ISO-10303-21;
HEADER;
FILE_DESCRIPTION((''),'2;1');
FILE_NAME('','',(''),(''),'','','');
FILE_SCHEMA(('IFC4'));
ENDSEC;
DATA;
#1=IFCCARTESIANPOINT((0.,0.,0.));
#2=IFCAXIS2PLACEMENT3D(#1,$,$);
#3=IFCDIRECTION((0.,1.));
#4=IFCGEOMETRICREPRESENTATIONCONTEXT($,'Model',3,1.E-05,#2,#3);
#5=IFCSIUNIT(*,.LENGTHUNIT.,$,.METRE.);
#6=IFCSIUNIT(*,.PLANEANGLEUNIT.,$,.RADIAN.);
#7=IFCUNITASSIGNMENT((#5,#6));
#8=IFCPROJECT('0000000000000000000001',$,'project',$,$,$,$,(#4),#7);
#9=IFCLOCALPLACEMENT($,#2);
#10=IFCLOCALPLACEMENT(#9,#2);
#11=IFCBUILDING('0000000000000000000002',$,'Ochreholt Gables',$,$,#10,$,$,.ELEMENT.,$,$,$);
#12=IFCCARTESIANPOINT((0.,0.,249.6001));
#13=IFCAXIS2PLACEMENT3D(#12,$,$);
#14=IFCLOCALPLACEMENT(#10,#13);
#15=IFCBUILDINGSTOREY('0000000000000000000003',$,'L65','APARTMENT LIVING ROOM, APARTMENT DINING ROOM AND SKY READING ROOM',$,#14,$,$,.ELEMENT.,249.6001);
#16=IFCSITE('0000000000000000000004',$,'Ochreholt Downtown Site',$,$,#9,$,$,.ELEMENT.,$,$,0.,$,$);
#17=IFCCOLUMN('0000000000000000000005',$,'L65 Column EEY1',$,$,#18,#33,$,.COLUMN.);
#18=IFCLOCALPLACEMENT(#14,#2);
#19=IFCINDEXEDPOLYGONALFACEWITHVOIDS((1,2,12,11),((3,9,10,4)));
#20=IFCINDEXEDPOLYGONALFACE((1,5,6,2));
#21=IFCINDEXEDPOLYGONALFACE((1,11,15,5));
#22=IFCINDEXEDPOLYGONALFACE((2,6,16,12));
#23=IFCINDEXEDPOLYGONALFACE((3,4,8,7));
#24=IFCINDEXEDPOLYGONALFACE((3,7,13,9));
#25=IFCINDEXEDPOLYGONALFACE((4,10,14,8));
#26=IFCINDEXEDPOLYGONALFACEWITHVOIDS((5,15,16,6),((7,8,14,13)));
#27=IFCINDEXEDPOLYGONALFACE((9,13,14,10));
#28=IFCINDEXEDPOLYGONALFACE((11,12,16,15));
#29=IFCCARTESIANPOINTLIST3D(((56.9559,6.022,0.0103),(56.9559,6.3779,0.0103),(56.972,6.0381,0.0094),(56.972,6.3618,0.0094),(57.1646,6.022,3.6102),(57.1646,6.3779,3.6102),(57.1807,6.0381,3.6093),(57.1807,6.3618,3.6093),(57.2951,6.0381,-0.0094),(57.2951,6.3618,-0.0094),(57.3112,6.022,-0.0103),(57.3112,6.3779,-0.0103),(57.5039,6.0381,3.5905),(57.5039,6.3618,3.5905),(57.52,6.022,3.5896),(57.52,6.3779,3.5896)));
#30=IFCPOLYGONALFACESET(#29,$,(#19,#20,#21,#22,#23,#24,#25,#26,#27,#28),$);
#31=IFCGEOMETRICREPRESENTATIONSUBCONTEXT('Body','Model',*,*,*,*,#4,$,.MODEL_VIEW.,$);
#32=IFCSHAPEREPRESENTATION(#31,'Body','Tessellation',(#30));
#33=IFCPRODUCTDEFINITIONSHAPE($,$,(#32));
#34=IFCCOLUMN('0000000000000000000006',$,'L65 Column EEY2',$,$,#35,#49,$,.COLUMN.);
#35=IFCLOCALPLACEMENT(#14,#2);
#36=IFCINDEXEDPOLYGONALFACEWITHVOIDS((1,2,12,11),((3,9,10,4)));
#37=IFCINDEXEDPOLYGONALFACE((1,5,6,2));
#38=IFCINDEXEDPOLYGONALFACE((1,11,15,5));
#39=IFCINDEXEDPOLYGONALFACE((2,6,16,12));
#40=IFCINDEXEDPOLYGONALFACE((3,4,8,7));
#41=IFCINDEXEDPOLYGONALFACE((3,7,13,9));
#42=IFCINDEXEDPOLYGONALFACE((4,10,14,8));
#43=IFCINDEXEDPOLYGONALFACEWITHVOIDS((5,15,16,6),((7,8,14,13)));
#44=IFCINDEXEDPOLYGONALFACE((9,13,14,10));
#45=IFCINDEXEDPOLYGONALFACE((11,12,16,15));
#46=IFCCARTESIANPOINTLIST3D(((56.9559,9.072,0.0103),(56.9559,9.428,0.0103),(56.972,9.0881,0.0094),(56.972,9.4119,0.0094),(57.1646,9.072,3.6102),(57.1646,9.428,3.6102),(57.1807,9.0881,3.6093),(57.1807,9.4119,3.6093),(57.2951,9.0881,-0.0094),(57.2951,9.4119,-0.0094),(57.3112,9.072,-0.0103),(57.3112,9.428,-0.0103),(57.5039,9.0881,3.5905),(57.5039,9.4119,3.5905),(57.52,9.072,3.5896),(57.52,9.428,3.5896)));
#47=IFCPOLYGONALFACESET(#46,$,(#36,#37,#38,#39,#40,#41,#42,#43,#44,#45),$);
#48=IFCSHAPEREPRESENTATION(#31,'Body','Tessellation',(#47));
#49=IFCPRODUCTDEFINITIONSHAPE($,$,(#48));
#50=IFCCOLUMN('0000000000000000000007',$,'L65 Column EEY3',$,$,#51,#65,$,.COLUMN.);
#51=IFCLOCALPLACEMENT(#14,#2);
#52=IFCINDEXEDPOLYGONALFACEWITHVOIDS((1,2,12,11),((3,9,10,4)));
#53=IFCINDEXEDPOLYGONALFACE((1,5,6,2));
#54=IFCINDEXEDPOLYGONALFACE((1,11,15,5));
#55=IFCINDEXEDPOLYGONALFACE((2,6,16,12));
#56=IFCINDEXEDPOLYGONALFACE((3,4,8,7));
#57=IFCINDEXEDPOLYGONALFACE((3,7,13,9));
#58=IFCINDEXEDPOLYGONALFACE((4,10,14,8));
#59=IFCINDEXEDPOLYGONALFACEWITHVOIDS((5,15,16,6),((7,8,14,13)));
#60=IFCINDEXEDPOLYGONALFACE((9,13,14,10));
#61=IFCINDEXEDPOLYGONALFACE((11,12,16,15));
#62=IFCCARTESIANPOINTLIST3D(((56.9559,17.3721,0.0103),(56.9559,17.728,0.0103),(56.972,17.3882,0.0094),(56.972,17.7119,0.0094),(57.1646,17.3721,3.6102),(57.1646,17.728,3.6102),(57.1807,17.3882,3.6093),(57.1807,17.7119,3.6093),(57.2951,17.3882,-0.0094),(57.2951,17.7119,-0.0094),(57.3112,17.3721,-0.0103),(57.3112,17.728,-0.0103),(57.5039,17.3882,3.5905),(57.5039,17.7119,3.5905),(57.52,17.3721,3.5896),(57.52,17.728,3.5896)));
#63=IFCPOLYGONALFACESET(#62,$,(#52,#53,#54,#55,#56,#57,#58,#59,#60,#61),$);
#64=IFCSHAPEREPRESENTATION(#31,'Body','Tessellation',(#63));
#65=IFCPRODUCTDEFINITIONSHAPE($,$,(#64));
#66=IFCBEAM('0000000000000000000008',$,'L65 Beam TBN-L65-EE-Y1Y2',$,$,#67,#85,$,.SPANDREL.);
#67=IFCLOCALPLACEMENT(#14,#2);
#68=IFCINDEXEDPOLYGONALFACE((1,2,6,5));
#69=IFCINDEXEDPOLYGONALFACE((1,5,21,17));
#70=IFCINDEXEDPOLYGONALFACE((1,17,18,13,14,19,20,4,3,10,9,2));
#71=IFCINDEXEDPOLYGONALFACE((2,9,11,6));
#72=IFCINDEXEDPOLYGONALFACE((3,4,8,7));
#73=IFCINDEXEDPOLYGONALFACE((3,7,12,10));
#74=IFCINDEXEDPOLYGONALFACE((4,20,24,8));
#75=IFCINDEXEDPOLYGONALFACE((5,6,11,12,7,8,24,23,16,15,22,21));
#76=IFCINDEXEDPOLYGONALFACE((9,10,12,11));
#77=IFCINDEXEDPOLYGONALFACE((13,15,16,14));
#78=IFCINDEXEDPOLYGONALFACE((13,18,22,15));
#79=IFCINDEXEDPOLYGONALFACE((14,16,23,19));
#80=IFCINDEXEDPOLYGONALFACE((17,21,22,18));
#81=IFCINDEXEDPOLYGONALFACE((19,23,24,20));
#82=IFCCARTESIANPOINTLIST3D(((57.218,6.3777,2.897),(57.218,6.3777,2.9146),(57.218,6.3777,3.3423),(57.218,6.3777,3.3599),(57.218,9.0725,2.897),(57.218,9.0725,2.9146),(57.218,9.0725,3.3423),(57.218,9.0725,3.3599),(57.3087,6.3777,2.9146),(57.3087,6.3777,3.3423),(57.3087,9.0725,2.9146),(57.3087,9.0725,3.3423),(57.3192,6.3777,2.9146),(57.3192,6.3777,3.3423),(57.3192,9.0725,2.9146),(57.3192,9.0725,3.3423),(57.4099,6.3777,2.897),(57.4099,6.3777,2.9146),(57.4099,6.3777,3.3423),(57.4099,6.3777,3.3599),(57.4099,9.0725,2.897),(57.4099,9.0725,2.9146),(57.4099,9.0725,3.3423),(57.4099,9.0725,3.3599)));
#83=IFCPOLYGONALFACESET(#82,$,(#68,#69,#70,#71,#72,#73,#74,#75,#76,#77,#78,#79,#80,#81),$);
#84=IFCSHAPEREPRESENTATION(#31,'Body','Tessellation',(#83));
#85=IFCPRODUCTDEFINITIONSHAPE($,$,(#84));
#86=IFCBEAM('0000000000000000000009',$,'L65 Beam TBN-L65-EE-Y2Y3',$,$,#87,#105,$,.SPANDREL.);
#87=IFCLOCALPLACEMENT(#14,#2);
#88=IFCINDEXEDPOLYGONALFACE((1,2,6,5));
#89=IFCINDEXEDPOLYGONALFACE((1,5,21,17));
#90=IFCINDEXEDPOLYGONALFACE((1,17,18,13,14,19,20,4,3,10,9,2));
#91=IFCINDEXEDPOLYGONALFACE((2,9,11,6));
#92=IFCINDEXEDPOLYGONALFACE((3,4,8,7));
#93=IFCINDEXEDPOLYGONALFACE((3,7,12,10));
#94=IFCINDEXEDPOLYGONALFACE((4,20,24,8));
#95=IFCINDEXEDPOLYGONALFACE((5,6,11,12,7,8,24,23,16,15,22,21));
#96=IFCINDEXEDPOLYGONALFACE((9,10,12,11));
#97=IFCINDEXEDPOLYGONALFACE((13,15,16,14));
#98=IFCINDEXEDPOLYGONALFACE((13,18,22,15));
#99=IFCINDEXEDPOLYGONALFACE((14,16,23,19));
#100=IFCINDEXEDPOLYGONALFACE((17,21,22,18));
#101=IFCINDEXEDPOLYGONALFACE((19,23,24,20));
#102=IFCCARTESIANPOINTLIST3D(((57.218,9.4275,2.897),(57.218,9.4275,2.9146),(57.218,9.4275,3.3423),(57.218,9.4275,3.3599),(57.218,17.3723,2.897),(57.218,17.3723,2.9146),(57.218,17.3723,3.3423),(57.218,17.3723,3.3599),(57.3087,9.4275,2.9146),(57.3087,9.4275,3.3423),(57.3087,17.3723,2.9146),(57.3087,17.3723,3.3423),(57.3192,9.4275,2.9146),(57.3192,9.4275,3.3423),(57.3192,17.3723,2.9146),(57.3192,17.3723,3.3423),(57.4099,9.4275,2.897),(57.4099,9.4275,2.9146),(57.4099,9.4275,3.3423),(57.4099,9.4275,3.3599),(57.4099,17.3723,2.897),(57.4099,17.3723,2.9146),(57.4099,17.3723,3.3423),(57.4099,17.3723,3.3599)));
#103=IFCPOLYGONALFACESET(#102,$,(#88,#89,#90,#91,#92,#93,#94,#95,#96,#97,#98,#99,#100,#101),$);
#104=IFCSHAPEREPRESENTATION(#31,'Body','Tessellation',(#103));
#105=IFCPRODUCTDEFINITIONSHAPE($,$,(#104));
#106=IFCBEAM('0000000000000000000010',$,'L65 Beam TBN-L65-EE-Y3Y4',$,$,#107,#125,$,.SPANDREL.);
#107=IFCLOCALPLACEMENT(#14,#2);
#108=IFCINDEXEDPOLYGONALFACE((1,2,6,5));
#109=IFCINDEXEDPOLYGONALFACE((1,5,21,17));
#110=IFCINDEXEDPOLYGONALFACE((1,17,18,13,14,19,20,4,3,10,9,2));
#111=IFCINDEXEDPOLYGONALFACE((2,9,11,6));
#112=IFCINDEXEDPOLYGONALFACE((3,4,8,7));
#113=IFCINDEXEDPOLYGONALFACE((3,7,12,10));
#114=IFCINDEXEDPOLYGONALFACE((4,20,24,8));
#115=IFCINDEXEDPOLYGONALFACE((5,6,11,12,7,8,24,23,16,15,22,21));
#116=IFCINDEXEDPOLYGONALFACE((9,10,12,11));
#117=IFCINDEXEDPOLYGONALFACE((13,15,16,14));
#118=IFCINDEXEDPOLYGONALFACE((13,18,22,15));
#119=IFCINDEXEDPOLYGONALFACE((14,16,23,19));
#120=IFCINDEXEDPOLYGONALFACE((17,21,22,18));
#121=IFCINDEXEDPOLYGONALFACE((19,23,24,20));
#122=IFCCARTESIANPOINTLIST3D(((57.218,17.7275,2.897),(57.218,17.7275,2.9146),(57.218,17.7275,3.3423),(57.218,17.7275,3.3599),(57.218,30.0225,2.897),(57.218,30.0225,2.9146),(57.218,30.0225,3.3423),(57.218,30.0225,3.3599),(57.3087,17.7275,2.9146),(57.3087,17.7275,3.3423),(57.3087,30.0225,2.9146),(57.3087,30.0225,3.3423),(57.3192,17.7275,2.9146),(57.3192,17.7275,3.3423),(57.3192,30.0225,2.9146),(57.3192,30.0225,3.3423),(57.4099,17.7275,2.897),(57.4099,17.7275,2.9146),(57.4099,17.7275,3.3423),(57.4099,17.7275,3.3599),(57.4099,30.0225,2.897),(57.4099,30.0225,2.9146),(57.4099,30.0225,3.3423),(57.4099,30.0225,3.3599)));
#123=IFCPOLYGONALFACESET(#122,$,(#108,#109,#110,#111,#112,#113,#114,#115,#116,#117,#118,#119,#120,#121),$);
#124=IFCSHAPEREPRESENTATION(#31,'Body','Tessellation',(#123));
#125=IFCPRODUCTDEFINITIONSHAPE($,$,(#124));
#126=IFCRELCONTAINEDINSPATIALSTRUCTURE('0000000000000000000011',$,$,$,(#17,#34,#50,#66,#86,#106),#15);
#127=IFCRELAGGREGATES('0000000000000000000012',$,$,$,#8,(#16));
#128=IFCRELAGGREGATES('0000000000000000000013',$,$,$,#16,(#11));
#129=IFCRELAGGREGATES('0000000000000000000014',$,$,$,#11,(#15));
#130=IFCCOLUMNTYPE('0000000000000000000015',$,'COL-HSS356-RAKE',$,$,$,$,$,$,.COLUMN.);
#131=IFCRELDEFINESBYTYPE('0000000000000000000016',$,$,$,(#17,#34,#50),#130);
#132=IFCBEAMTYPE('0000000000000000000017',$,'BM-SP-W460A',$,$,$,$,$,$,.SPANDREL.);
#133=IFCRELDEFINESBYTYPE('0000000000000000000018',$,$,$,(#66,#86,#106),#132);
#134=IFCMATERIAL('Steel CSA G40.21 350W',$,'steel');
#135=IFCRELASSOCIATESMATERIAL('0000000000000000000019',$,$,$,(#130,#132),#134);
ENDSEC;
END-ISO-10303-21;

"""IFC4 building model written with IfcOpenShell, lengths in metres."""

from ifc_helpers import new_model, si_unit, direction, frame, origin, origin_2d, place, context, subcontext, project, spatial, hollow_rectangle, i_section, extrude, material, material_profile, profile_set, type_object, element, save


model = new_model("IFC4")

# Units and contexts
model_context = context("Model", 3, precision=1e-05, world=origin(), true_north=direction((0.0, 1.0)))
body_context = subcontext(model_context, "Body", "Model", "MODEL_VIEW")
ifc_project = project(units=[si_unit("LENGTHUNIT", "METRE"), si_unit("PLANEANGLEUNIT", "RADIAN")], contexts=[model_context])

# Site, building, storey
site_placement = place(None, origin())
site = spatial("IfcSite", under=ifc_project, at=site_placement, Name="Ochreholt Downtown Site", CompositionType="ELEMENT", RefElevation=0.0)
building_placement = place(site_placement, origin())
building = spatial("IfcBuilding", under=site, at=building_placement, Name="Ochreholt Gables", CompositionType="ELEMENT")
storey_placement = place(building_placement, frame((0.0, 0.0, 249.6001)))
storey = spatial("IfcBuildingStorey", under=building, at=storey_placement, Name="L65", Description="APARTMENT LIVING ROOM, APARTMENT DINING ROOM AND SKY READING ROOM", CompositionType="ELEMENT", Elevation=249.6001)

# Columns
ifc_material_1 = material(Name="Steel CSA G40.21 350W", Category="steel")
ifc_material_profile_1 = material_profile(ifc_material_1, hollow_rectangle(XDim=0.356, YDim=0.356, WallThickness=0.0161, at=origin_2d()), Name="HSS356X356X16")
ifc_profile_set_1 = profile_set([ifc_material_profile_1], Name="Steel CSA G40.21 350W")
column_type = type_object("IfcColumnType", Name="COL-HSS356-RAKE", PredefinedType="COLUMN", material=ifc_profile_set_1)
for number, where, z_axis, x_axis, name in (
    (1, (57.1335, 6.2, 0.0), (0.057889, 0.0, 0.998323), (0.0, 1.0, 0.0), "L65 Column EEY1"),
    (2, (57.1335, 9.25, 0.0), (0.057889, 0.0, 0.998323), (0.0, 1.0, 0.0), "L65 Column EEY2"),
    (3, (57.1335, 17.55, 0.0), (0.057889, 0.0, 0.998323), (0.0, 1.0, 0.0), "L65 Column EEY3"),
):
    element("IfcColumn", number, at=place(storey_placement, frame(where, z_axis=z_axis, x_axis=x_axis)), inside=storey, type_object=column_type, Name=name, PredefinedType="COLUMN", context=body_context, shape_type="SweptSolid", body=[
        extrude(hollow_rectangle(XDim=0.356, YDim=0.356, WallThickness=0.0161, at=origin_2d()), origin(), (0.0, 0.0, 1.0), 3.606),
    ])

# Beams
ifc_material_profile_2 = material_profile(ifc_material_1, i_section(OverallWidth=0.1919, OverallDepth=0.4629, WebThickness=0.0105, FlangeThickness=0.0176, at=origin_2d()), Name="W460X89")
ifc_profile_set_2 = profile_set([ifc_material_profile_2], Name="Steel CSA G40.21 350W")
beam_type = type_object("IfcBeamType", Name="BM-SP-W460A", PredefinedType="SPANDREL", material=ifc_profile_set_2)
beam_1_placement = place(storey_placement, frame((57.314, 6.3777, 3.1284), z_axis=(0.0, 1.0, 0.0), x_axis=(-1.0, 0.0, 0.0)))
element("IfcBeam", 4, at=beam_1_placement, inside=storey, type_object=beam_type, Name="L65 Beam TBN-L65-EE-Y1Y2", PredefinedType="SPANDREL", context=body_context, shape_type="SweptSolid", body=[
    extrude(i_section(OverallWidth=0.1919, OverallDepth=0.4629, WebThickness=0.0105, FlangeThickness=0.0176, at=origin_2d()), origin(), (0.0, 0.0, 1.0), 2.6948),
])
beam_2_placement = place(storey_placement, frame((57.314, 9.4275, 3.1284), z_axis=(0.0, 1.0, 0.0), x_axis=(-1.0, 0.0, 0.0)))
element("IfcBeam", 5, at=beam_2_placement, inside=storey, type_object=beam_type, Name="L65 Beam TBN-L65-EE-Y2Y3", PredefinedType="SPANDREL", context=body_context, shape_type="SweptSolid", body=[
    extrude(i_section(OverallWidth=0.1919, OverallDepth=0.4629, WebThickness=0.0105, FlangeThickness=0.0176, at=origin_2d()), origin(), (0.0, 0.0, 1.0), 7.9448),
])
beam_3_placement = place(storey_placement, frame((57.314, 17.7275, 3.1284), z_axis=(0.0, 1.0, 0.0), x_axis=(-1.0, 0.0, 0.0)))
element("IfcBeam", 6, at=beam_3_placement, inside=storey, type_object=beam_type, Name="L65 Beam TBN-L65-EE-Y3Y4", PredefinedType="SPANDREL", context=body_context, shape_type="SweptSolid", body=[
    extrude(i_section(OverallWidth=0.1919, OverallDepth=0.4629, WebThickness=0.0105, FlangeThickness=0.0176, at=origin_2d()), origin(), (0.0, 0.0, 1.0), 12.2949),
])

save(model, "model.ifc")
